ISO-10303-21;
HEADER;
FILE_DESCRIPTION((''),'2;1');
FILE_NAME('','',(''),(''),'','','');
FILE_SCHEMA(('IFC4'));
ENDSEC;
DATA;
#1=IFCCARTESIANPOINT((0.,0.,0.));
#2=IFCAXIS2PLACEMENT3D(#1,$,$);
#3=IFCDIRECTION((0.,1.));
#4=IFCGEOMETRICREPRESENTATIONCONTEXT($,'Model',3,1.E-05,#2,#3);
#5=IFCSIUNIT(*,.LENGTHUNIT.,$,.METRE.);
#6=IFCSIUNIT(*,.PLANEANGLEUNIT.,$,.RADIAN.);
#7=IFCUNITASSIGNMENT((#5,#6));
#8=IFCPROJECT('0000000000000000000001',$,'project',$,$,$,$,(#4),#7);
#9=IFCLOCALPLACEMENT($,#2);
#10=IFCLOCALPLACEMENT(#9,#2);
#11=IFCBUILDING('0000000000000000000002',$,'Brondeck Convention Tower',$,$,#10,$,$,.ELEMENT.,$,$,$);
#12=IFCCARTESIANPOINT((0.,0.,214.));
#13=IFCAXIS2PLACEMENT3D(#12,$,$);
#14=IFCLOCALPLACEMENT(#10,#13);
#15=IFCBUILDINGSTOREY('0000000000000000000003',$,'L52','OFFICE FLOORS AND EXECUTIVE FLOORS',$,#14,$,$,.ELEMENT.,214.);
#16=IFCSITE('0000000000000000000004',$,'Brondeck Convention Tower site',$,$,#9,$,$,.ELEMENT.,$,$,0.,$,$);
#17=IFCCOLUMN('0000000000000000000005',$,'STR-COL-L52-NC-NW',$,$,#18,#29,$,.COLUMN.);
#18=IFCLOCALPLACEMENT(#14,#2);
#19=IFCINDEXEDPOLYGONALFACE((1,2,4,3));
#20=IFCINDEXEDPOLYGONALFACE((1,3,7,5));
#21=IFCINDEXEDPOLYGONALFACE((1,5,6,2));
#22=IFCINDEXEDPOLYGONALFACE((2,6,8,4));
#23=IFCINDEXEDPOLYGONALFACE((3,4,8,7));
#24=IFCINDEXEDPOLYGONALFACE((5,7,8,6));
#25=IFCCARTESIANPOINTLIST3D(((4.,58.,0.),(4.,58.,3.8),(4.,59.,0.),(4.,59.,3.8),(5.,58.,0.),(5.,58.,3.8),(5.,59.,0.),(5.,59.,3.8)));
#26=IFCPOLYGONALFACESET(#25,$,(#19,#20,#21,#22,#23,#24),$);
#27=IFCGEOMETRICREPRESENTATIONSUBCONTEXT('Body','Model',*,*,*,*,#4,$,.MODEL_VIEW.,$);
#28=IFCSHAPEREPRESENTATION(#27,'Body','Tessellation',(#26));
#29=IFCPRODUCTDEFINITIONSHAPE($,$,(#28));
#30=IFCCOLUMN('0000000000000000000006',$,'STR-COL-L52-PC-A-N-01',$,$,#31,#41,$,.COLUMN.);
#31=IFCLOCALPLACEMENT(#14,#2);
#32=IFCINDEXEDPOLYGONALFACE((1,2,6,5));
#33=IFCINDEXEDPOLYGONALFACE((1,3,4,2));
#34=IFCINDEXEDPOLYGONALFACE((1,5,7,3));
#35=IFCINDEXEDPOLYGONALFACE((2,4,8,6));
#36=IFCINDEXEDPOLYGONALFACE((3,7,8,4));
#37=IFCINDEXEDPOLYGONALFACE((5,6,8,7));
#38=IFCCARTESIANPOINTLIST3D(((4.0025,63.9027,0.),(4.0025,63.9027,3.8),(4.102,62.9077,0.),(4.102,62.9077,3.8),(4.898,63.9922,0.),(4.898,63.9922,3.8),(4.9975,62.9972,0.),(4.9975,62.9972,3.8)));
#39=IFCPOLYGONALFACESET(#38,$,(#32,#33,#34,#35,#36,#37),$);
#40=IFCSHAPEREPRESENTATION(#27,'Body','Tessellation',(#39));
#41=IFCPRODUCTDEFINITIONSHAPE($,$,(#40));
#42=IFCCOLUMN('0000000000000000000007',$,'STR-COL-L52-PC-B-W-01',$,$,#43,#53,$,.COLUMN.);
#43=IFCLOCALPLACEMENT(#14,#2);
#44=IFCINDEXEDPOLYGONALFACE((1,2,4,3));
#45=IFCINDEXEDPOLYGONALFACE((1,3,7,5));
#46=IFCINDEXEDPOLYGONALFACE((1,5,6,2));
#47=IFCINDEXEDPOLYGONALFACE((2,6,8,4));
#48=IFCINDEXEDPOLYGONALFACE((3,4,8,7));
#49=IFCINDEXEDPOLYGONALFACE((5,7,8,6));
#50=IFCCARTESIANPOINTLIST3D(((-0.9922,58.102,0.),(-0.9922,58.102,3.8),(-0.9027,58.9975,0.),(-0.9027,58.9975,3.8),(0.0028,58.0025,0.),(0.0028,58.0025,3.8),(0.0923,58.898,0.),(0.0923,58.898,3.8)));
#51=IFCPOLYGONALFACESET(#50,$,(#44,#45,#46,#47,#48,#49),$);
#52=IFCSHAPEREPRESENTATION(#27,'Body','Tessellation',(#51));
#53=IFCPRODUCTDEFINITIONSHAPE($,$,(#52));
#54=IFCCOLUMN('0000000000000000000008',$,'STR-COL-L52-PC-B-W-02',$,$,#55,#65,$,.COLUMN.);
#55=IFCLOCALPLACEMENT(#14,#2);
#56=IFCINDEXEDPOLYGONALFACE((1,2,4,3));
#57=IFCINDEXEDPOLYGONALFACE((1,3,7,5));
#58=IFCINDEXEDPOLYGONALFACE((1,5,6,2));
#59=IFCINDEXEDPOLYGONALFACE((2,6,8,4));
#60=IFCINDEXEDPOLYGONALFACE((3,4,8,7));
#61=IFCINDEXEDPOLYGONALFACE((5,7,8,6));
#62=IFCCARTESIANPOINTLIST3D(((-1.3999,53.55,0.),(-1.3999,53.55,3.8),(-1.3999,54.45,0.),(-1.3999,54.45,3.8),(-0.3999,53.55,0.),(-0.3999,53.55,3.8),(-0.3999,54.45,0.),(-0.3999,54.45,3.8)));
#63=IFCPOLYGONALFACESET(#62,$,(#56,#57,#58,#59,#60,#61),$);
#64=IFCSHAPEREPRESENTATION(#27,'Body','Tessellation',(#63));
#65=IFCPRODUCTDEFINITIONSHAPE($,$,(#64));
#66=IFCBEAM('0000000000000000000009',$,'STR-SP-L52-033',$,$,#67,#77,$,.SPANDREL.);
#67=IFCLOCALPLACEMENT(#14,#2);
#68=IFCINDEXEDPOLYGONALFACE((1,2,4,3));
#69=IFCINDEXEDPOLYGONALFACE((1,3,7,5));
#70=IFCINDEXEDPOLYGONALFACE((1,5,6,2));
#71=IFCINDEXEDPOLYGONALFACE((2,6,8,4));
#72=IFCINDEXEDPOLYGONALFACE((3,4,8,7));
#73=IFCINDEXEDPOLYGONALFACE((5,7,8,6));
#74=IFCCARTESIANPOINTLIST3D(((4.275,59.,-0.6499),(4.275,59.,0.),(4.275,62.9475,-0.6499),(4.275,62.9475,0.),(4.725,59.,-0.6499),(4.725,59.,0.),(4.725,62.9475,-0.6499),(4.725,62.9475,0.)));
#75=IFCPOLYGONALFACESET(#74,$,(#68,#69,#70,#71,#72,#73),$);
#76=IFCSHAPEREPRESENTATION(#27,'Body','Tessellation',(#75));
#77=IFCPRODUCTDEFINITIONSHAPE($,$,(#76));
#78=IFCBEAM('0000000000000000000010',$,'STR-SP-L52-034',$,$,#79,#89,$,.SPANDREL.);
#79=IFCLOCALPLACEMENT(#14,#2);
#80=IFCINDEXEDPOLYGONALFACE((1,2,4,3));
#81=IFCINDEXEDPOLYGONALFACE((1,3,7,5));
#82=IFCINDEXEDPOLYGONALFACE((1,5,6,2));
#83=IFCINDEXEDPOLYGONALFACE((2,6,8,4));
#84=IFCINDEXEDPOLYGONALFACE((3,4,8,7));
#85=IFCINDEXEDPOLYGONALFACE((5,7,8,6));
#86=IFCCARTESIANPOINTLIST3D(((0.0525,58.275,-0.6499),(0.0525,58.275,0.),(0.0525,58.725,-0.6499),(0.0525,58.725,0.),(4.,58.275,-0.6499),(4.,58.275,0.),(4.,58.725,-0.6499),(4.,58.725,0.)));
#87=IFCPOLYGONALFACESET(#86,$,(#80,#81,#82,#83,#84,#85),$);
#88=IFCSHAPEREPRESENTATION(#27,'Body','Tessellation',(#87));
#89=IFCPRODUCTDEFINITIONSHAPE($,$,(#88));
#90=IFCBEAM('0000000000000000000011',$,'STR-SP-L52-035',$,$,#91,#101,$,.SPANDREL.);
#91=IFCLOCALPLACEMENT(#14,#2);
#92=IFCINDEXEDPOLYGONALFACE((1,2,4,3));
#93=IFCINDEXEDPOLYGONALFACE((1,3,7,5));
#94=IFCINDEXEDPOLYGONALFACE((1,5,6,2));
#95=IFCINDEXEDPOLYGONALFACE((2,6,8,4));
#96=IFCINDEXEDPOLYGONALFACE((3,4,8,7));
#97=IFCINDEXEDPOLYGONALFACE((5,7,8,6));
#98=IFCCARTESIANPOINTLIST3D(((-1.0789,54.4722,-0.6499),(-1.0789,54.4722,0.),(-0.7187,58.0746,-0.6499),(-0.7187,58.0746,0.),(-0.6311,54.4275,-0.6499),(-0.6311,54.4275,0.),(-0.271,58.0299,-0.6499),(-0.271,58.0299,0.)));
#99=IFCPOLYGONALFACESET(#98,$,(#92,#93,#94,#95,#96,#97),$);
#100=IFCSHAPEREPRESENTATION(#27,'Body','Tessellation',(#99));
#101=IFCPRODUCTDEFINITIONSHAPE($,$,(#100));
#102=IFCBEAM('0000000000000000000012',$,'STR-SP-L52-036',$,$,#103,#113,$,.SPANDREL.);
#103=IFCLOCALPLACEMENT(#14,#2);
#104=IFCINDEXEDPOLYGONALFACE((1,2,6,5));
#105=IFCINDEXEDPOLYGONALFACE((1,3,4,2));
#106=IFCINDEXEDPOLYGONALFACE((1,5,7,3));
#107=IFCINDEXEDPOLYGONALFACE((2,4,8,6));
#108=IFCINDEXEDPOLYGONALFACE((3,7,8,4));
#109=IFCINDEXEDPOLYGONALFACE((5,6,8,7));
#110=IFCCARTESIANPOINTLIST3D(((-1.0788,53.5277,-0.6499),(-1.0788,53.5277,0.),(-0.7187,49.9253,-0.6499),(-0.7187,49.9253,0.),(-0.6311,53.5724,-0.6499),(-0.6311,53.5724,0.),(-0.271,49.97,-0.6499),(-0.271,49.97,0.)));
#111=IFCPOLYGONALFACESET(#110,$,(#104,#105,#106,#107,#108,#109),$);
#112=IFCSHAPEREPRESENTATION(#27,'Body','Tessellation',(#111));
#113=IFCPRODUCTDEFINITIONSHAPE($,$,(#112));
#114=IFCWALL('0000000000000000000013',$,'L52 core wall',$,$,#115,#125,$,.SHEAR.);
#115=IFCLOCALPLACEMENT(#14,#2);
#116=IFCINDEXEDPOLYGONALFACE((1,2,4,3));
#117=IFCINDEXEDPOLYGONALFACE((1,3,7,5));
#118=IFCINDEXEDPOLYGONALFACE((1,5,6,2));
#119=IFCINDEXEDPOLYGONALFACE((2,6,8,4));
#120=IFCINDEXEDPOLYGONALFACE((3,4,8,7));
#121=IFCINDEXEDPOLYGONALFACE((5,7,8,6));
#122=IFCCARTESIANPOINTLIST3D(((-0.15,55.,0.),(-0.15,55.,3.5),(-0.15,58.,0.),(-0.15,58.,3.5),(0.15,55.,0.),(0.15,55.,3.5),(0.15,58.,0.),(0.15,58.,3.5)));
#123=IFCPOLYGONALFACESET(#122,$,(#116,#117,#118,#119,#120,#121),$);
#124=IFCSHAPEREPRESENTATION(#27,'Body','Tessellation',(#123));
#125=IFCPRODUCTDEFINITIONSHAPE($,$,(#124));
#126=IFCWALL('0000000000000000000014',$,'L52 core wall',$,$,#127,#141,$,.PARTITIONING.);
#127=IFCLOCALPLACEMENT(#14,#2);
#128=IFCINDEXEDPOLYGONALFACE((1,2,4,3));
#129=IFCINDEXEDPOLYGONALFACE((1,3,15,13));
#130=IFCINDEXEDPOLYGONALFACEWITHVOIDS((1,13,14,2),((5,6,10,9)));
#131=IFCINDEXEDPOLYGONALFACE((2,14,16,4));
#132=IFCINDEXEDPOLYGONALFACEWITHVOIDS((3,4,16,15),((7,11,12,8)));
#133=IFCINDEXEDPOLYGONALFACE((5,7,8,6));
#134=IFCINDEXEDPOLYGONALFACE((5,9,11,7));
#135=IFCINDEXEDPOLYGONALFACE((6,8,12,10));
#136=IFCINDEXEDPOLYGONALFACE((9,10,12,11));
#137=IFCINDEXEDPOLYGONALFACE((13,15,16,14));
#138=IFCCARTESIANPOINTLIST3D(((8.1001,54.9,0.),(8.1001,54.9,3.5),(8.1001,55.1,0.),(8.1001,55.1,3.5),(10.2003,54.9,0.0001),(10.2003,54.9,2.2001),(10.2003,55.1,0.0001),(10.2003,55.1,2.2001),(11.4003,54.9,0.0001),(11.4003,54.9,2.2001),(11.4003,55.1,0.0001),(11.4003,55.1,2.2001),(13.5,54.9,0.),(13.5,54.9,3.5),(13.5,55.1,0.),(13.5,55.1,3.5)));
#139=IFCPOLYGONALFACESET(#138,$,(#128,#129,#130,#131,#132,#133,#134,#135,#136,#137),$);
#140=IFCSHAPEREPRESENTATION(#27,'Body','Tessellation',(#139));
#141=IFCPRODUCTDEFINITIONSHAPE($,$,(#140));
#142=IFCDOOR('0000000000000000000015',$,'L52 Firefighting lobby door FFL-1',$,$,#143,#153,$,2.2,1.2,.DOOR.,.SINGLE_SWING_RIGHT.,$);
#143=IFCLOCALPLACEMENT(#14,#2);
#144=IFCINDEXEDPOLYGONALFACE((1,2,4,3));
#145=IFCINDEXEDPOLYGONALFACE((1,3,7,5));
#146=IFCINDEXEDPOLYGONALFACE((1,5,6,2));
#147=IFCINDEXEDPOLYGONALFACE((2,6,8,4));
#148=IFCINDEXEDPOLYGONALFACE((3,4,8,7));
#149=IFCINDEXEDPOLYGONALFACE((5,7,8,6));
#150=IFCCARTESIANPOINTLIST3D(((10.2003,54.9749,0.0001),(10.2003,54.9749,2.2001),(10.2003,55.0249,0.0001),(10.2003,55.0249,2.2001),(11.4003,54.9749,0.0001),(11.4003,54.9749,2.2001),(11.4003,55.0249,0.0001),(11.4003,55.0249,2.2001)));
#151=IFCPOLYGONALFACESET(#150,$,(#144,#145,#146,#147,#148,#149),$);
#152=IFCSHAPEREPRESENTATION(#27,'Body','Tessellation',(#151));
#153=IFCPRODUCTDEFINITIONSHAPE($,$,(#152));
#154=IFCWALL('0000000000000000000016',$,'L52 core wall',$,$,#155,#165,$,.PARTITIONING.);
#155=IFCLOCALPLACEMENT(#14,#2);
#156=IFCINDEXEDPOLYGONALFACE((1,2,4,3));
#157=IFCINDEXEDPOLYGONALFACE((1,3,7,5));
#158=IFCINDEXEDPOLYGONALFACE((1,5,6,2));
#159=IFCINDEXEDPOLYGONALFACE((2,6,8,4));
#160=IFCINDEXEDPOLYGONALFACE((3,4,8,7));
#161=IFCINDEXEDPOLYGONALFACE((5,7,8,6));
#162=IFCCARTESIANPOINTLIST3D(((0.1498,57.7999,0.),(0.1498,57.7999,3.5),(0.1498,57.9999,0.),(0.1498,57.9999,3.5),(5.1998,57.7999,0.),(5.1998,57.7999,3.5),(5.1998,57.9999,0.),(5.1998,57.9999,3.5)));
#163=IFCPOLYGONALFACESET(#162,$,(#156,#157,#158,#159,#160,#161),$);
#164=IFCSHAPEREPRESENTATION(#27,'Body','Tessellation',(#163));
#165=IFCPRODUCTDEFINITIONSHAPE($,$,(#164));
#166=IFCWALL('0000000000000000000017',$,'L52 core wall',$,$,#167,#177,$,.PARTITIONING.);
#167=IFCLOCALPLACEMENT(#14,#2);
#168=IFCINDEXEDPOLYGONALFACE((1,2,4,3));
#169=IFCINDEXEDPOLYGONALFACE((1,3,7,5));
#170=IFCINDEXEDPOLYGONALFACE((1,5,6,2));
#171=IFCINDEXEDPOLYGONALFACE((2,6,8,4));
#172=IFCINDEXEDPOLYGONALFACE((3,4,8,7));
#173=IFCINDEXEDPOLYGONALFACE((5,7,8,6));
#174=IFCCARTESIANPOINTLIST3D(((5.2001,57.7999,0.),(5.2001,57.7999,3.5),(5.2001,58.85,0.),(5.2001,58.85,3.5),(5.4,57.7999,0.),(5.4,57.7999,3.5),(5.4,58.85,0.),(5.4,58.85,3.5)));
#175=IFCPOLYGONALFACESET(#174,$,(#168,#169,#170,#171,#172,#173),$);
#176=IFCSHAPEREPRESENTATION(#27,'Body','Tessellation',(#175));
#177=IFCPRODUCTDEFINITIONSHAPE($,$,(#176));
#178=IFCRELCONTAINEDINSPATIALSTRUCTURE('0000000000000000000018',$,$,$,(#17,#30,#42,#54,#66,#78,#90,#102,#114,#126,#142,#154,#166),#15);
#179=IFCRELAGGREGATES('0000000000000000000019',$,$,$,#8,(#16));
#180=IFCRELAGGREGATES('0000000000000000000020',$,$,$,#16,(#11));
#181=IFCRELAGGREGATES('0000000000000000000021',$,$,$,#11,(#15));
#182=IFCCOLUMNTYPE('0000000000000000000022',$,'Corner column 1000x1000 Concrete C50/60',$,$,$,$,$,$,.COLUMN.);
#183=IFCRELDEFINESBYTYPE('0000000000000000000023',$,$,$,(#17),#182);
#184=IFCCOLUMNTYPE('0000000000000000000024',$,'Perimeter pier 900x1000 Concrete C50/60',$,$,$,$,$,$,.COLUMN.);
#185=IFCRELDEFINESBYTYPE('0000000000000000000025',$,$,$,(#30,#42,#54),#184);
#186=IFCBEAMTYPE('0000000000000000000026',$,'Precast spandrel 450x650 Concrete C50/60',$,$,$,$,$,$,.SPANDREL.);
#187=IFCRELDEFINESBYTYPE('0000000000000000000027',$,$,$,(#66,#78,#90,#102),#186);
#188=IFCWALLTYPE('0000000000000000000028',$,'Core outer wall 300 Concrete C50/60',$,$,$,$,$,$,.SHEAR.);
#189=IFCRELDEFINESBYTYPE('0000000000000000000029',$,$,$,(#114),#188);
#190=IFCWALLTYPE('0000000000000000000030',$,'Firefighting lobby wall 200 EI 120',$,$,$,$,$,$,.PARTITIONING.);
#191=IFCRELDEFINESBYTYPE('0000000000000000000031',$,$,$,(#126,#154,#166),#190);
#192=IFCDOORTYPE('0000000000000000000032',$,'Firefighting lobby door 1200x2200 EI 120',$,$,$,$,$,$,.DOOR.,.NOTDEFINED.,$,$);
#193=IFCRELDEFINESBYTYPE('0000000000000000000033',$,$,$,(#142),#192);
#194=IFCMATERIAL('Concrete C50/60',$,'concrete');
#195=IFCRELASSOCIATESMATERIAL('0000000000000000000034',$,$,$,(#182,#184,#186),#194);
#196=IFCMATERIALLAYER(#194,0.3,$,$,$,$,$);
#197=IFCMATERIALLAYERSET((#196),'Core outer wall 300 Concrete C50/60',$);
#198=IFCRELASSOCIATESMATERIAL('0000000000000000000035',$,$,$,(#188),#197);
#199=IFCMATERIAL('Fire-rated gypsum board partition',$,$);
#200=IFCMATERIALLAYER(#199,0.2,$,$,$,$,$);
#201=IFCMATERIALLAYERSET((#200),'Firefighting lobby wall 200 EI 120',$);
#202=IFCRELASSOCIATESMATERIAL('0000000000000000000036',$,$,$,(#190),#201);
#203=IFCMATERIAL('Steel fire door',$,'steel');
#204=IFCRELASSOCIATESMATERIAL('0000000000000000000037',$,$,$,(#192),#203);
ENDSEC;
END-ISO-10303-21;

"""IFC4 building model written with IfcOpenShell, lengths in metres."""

from ifc_helpers import new_model, si_unit, direction, frame, frame_2d, origin, origin_2d, place, context, subcontext, project, spatial, rectangle, extrude, material, layer, layer_set, material_profile, profile_set, type_object, element, fill, save


model = new_model("IFC4")

# Units and contexts
model_context = context("Model", 3, precision=1e-05, world=origin(), true_north=direction((0.0, 1.0)))
body_context = subcontext(model_context, "Body", "Model", "MODEL_VIEW")
ifc_project = project(units=[si_unit("LENGTHUNIT", "METRE"), si_unit("PLANEANGLEUNIT", "RADIAN")], contexts=[model_context])

# Site, building, storey
site_placement = place(None, origin())
site = spatial("IfcSite", under=ifc_project, at=site_placement, Name="Brondeck Convention Tower site", CompositionType="ELEMENT", RefElevation=0.0)
building_placement = place(site_placement, origin())
building = spatial("IfcBuilding", under=site, at=building_placement, Name="Brondeck Convention Tower", CompositionType="ELEMENT")
storey_placement = place(building_placement, frame((0.0, 0.0, 214.0)))
storey = spatial("IfcBuildingStorey", under=building, at=storey_placement, Name="L52", Description="OFFICE FLOORS AND EXECUTIVE FLOORS", CompositionType="ELEMENT", Elevation=214.0)

# Columns
ifc_material_1 = material(Name="Concrete C50/60", Category="concrete")
ifc_material_profile_1 = material_profile(ifc_material_1, rectangle(XDim=1.0, YDim=1.0, at=origin_2d()), Name="Corner column 1000x1000 Concrete C50/60")
ifc_profile_set_1 = profile_set([ifc_material_profile_1], Name="Concrete C50/60")
column_type_1 = type_object("IfcColumnType", Name="Corner column 1000x1000 Concrete C50/60", PredefinedType="COLUMN", material=ifc_profile_set_1)
column_placement = place(storey_placement, frame((4.5, 58.5, 0.0), z_axis=(0.0, 0.0, 1.0), x_axis=(1.0, 0.0, 0.0)))
element("IfcColumn", 1, at=column_placement, inside=storey, type_object=column_type_1, Name="STR-COL-L52-NC-NW", PredefinedType="COLUMN", context=body_context, shape_type="SweptSolid", body=[
    extrude(rectangle(XDim=1.0, YDim=1.0, at=origin_2d()), origin(), (0.0, 0.0, 1.0), 3.8),
])
ifc_material_profile_2 = material_profile(ifc_material_1, rectangle(XDim=0.8999, YDim=1.0, at=origin_2d()), Name="Perimeter pier 900x1000 Concrete C50/60")
ifc_profile_set_2 = profile_set([ifc_material_profile_2], Name="Concrete C50/60")
column_type_2 = type_object("IfcColumnType", Name="Perimeter pier 900x1000 Concrete C50/60", PredefinedType="COLUMN", material=ifc_profile_set_2)
for number, where, z_axis, x_axis, name in (
    (2, (4.5, 63.45, 0.0), (0.0, 0.0, 1.0), (-0.995037, -0.099504, 0.0), "STR-COL-L52-PC-A-N-01"),
    (3, (-0.45, 58.5, 0.0), (0.0, 0.0, 1.0), (-0.099504, -0.995037, 0.0), "STR-COL-L52-PC-B-W-01"),
    (4, (-0.8999, 54.0, 0.0), (0.0, 0.0, 1.0), (0.0, -1.0, 0.0), "STR-COL-L52-PC-B-W-02"),
):
    element("IfcColumn", number, at=place(storey_placement, frame(where, z_axis=z_axis, x_axis=x_axis)), inside=storey, type_object=column_type_2, Name=name, PredefinedType="COLUMN", context=body_context, shape_type="SweptSolid", body=[
        extrude(rectangle(XDim=0.8999, YDim=1.0, at=origin_2d()), origin(), (0.0, 0.0, 1.0), 3.8),
    ])

# Beams
ifc_material_profile_3 = material_profile(ifc_material_1, rectangle(XDim=0.45, YDim=0.6499, at=origin_2d()), Name="Precast spandrel 450x650 Concrete C50/60")
ifc_profile_set_3 = profile_set([ifc_material_profile_3], Name="Concrete C50/60")
beam_type = type_object("IfcBeamType", Name="Precast spandrel 450x650 Concrete C50/60", PredefinedType="SPANDREL", material=ifc_profile_set_3)
for number, where, z_axis, x_axis, name in (
    (5, (4.5, 62.9475, -0.325), (0.0, -1.0, 0.0), (1.0, 0.0, 0.0), "STR-SP-L52-033"),
    (6, (4.0, 58.5, -0.325), (-1.0, 0.0, 0.0), (0.0, -1.0, 0.0), "STR-SP-L52-034"),
):
    element("IfcBeam", number, at=place(storey_placement, frame(where, z_axis=z_axis, x_axis=x_axis)), inside=storey, type_object=beam_type, Name=name, PredefinedType="SPANDREL", context=body_context, shape_type="SweptSolid", body=[
        extrude(rectangle(XDim=0.45, YDim=0.6499, at=origin_2d()), origin(), (0.0, 0.0, 1.0), 3.9475),
    ])
for number, where, z_axis, x_axis, name in (
    (7, (-0.4949, 58.0522, -0.325), (-0.09947, -0.995041, 0.0), (0.995041, -0.09947, 0.0), "STR-SP-L52-035"),
    (8, (-0.855, 53.55, -0.325), (0.09947, -0.995041, 0.0), (0.995041, 0.09947, 0.0), "STR-SP-L52-036"),
):
    element("IfcBeam", number, at=place(storey_placement, frame(where, z_axis=z_axis, x_axis=x_axis)), inside=storey, type_object=beam_type, Name=name, PredefinedType="SPANDREL", context=body_context, shape_type="SweptSolid", body=[
        extrude(rectangle(XDim=0.45, YDim=0.6499, at=origin_2d()), origin(), (0.0, 0.0, 1.0), 3.6204),
    ])

# Wall
ifc_layer_1 = layer(ifc_material_1, 0.3)
ifc_layer_set_1 = layer_set([ifc_layer_1], Name="Core outer wall 300 Concrete C50/60")
wall_type_1 = type_object("IfcWallType", Name="Core outer wall 300 Concrete C50/60", PredefinedType="SHEAR", material=ifc_layer_set_1)
wall_1_placement = place(storey_placement, frame((0.0, 55.0, 0.0), z_axis=(0.0, 0.0, 1.0), x_axis=(0.0, 1.0, 0.0)))
element("IfcWall", 9, at=wall_1_placement, inside=storey, type_object=wall_type_1, Name="L52 core wall", PredefinedType="SHEAR", context=body_context, shape_type="SweptSolid", body=[
    extrude(rectangle(XDim=3.0, YDim=0.3, at=frame_2d((1.5, 0.0))), origin(), (0.0, 0.0, 1.0), 3.5),
])

# Wall, opening, door
ifc_material_2 = material(Name="Fire-rated gypsum board partition")
ifc_layer_2 = layer(ifc_material_2, 0.2)
ifc_layer_set_2 = layer_set([ifc_layer_2], Name="Firefighting lobby wall 200 EI 120")
wall_type_2 = type_object("IfcWallType", Name="Firefighting lobby wall 200 EI 120", PredefinedType="PARTITIONING", material=ifc_layer_set_2)
wall_2_placement = place(storey_placement, frame((8.1001, 55.0, 0.0), z_axis=(0.0, 0.0, 1.0), x_axis=(1.0, 0.0, 0.0)))
wall_2 = element("IfcWall", 10, at=wall_2_placement, inside=storey, type_object=wall_type_2, Name="L52 core wall", PredefinedType="PARTITIONING", context=body_context, shape_type="SweptSolid", body=[
    extrude(rectangle(XDim=5.3999, YDim=0.2, at=frame_2d((2.7, 0.0))), origin(), (0.0, 0.0, 1.0), 3.5),
])
opening_1_placement = place(wall_2_placement, frame((2.1001, 0.0, 0.0)))
opening_1 = element("IfcOpeningElement", 11, at=opening_1_placement, cuts=wall_2, PredefinedType="OPENING", context=body_context, shape_type="SweptSolid", body=[
    extrude(rectangle(XDim=1.2, YDim=2.2, at=frame_2d((0.6001, 1.1001))), frame((0.0, 0.1099, 0.0), z_axis=(0.0, -1.0, 0.0), x_axis=(1.0, 0.0, 0.0)), (0.0, 0.0, 1.0), 0.22),
])
ifc_material_3 = material(Name="Steel fire door", Category="steel")
door_type_1 = type_object("IfcDoorType", Name="Firefighting lobby door 1200x2200 EI 120", OperationType="NOTDEFINED", PredefinedType="DOOR", material=ifc_material_3)
door_1_placement = place(opening_1_placement, origin())
door_1 = element("IfcDoor", 12, at=door_1_placement, inside=storey, type_object=door_type_1, Name="L52 Firefighting lobby door FFL-1", OperationType="SINGLE_SWING_RIGHT", OverallHeight=2.2, OverallWidth=1.2, PredefinedType="DOOR", context=body_context, shape_type="SweptSolid", body=[
    extrude(rectangle(XDim=1.2, YDim=2.2, at=frame_2d((0.6001, 1.1001))), frame((0.0, 0.0249, 0.0), z_axis=(0.0, -1.0, 0.0), x_axis=(1.0, 0.0, 0.0)), (0.0, 0.0, 1.0), 0.05),
])
fill(opening_1, door_1)

# Walls
wall_3_placement = place(storey_placement, frame((0.1499, 57.8999, 0.0), z_axis=(0.0, 0.0, 1.0), x_axis=(1.0, 0.0, 0.0)))
element("IfcWall", 13, at=wall_3_placement, inside=storey, type_object=wall_type_2, Name="L52 core wall", PredefinedType="PARTITIONING", context=body_context, shape_type="SweptSolid", body=[
    extrude(rectangle(XDim=5.05, YDim=0.2, at=frame_2d((2.5249, 0.0))), origin(), (0.0, 0.0, 1.0), 3.5),
])
wall_4_placement = place(storey_placement, frame((5.3, 57.8, 0.0), z_axis=(0.0, 0.0, 1.0), x_axis=(0.0, 1.0, 0.0)))
element("IfcWall", 14, at=wall_4_placement, inside=storey, type_object=wall_type_2, Name="L52 core wall", PredefinedType="PARTITIONING", context=body_context, shape_type="SweptSolid", body=[
    extrude(rectangle(XDim=1.05, YDim=0.2, at=frame_2d((0.5249, 0.0))), origin(), (0.0, 0.0, 1.0), 3.5),
])

save(model, "model.ifc")
